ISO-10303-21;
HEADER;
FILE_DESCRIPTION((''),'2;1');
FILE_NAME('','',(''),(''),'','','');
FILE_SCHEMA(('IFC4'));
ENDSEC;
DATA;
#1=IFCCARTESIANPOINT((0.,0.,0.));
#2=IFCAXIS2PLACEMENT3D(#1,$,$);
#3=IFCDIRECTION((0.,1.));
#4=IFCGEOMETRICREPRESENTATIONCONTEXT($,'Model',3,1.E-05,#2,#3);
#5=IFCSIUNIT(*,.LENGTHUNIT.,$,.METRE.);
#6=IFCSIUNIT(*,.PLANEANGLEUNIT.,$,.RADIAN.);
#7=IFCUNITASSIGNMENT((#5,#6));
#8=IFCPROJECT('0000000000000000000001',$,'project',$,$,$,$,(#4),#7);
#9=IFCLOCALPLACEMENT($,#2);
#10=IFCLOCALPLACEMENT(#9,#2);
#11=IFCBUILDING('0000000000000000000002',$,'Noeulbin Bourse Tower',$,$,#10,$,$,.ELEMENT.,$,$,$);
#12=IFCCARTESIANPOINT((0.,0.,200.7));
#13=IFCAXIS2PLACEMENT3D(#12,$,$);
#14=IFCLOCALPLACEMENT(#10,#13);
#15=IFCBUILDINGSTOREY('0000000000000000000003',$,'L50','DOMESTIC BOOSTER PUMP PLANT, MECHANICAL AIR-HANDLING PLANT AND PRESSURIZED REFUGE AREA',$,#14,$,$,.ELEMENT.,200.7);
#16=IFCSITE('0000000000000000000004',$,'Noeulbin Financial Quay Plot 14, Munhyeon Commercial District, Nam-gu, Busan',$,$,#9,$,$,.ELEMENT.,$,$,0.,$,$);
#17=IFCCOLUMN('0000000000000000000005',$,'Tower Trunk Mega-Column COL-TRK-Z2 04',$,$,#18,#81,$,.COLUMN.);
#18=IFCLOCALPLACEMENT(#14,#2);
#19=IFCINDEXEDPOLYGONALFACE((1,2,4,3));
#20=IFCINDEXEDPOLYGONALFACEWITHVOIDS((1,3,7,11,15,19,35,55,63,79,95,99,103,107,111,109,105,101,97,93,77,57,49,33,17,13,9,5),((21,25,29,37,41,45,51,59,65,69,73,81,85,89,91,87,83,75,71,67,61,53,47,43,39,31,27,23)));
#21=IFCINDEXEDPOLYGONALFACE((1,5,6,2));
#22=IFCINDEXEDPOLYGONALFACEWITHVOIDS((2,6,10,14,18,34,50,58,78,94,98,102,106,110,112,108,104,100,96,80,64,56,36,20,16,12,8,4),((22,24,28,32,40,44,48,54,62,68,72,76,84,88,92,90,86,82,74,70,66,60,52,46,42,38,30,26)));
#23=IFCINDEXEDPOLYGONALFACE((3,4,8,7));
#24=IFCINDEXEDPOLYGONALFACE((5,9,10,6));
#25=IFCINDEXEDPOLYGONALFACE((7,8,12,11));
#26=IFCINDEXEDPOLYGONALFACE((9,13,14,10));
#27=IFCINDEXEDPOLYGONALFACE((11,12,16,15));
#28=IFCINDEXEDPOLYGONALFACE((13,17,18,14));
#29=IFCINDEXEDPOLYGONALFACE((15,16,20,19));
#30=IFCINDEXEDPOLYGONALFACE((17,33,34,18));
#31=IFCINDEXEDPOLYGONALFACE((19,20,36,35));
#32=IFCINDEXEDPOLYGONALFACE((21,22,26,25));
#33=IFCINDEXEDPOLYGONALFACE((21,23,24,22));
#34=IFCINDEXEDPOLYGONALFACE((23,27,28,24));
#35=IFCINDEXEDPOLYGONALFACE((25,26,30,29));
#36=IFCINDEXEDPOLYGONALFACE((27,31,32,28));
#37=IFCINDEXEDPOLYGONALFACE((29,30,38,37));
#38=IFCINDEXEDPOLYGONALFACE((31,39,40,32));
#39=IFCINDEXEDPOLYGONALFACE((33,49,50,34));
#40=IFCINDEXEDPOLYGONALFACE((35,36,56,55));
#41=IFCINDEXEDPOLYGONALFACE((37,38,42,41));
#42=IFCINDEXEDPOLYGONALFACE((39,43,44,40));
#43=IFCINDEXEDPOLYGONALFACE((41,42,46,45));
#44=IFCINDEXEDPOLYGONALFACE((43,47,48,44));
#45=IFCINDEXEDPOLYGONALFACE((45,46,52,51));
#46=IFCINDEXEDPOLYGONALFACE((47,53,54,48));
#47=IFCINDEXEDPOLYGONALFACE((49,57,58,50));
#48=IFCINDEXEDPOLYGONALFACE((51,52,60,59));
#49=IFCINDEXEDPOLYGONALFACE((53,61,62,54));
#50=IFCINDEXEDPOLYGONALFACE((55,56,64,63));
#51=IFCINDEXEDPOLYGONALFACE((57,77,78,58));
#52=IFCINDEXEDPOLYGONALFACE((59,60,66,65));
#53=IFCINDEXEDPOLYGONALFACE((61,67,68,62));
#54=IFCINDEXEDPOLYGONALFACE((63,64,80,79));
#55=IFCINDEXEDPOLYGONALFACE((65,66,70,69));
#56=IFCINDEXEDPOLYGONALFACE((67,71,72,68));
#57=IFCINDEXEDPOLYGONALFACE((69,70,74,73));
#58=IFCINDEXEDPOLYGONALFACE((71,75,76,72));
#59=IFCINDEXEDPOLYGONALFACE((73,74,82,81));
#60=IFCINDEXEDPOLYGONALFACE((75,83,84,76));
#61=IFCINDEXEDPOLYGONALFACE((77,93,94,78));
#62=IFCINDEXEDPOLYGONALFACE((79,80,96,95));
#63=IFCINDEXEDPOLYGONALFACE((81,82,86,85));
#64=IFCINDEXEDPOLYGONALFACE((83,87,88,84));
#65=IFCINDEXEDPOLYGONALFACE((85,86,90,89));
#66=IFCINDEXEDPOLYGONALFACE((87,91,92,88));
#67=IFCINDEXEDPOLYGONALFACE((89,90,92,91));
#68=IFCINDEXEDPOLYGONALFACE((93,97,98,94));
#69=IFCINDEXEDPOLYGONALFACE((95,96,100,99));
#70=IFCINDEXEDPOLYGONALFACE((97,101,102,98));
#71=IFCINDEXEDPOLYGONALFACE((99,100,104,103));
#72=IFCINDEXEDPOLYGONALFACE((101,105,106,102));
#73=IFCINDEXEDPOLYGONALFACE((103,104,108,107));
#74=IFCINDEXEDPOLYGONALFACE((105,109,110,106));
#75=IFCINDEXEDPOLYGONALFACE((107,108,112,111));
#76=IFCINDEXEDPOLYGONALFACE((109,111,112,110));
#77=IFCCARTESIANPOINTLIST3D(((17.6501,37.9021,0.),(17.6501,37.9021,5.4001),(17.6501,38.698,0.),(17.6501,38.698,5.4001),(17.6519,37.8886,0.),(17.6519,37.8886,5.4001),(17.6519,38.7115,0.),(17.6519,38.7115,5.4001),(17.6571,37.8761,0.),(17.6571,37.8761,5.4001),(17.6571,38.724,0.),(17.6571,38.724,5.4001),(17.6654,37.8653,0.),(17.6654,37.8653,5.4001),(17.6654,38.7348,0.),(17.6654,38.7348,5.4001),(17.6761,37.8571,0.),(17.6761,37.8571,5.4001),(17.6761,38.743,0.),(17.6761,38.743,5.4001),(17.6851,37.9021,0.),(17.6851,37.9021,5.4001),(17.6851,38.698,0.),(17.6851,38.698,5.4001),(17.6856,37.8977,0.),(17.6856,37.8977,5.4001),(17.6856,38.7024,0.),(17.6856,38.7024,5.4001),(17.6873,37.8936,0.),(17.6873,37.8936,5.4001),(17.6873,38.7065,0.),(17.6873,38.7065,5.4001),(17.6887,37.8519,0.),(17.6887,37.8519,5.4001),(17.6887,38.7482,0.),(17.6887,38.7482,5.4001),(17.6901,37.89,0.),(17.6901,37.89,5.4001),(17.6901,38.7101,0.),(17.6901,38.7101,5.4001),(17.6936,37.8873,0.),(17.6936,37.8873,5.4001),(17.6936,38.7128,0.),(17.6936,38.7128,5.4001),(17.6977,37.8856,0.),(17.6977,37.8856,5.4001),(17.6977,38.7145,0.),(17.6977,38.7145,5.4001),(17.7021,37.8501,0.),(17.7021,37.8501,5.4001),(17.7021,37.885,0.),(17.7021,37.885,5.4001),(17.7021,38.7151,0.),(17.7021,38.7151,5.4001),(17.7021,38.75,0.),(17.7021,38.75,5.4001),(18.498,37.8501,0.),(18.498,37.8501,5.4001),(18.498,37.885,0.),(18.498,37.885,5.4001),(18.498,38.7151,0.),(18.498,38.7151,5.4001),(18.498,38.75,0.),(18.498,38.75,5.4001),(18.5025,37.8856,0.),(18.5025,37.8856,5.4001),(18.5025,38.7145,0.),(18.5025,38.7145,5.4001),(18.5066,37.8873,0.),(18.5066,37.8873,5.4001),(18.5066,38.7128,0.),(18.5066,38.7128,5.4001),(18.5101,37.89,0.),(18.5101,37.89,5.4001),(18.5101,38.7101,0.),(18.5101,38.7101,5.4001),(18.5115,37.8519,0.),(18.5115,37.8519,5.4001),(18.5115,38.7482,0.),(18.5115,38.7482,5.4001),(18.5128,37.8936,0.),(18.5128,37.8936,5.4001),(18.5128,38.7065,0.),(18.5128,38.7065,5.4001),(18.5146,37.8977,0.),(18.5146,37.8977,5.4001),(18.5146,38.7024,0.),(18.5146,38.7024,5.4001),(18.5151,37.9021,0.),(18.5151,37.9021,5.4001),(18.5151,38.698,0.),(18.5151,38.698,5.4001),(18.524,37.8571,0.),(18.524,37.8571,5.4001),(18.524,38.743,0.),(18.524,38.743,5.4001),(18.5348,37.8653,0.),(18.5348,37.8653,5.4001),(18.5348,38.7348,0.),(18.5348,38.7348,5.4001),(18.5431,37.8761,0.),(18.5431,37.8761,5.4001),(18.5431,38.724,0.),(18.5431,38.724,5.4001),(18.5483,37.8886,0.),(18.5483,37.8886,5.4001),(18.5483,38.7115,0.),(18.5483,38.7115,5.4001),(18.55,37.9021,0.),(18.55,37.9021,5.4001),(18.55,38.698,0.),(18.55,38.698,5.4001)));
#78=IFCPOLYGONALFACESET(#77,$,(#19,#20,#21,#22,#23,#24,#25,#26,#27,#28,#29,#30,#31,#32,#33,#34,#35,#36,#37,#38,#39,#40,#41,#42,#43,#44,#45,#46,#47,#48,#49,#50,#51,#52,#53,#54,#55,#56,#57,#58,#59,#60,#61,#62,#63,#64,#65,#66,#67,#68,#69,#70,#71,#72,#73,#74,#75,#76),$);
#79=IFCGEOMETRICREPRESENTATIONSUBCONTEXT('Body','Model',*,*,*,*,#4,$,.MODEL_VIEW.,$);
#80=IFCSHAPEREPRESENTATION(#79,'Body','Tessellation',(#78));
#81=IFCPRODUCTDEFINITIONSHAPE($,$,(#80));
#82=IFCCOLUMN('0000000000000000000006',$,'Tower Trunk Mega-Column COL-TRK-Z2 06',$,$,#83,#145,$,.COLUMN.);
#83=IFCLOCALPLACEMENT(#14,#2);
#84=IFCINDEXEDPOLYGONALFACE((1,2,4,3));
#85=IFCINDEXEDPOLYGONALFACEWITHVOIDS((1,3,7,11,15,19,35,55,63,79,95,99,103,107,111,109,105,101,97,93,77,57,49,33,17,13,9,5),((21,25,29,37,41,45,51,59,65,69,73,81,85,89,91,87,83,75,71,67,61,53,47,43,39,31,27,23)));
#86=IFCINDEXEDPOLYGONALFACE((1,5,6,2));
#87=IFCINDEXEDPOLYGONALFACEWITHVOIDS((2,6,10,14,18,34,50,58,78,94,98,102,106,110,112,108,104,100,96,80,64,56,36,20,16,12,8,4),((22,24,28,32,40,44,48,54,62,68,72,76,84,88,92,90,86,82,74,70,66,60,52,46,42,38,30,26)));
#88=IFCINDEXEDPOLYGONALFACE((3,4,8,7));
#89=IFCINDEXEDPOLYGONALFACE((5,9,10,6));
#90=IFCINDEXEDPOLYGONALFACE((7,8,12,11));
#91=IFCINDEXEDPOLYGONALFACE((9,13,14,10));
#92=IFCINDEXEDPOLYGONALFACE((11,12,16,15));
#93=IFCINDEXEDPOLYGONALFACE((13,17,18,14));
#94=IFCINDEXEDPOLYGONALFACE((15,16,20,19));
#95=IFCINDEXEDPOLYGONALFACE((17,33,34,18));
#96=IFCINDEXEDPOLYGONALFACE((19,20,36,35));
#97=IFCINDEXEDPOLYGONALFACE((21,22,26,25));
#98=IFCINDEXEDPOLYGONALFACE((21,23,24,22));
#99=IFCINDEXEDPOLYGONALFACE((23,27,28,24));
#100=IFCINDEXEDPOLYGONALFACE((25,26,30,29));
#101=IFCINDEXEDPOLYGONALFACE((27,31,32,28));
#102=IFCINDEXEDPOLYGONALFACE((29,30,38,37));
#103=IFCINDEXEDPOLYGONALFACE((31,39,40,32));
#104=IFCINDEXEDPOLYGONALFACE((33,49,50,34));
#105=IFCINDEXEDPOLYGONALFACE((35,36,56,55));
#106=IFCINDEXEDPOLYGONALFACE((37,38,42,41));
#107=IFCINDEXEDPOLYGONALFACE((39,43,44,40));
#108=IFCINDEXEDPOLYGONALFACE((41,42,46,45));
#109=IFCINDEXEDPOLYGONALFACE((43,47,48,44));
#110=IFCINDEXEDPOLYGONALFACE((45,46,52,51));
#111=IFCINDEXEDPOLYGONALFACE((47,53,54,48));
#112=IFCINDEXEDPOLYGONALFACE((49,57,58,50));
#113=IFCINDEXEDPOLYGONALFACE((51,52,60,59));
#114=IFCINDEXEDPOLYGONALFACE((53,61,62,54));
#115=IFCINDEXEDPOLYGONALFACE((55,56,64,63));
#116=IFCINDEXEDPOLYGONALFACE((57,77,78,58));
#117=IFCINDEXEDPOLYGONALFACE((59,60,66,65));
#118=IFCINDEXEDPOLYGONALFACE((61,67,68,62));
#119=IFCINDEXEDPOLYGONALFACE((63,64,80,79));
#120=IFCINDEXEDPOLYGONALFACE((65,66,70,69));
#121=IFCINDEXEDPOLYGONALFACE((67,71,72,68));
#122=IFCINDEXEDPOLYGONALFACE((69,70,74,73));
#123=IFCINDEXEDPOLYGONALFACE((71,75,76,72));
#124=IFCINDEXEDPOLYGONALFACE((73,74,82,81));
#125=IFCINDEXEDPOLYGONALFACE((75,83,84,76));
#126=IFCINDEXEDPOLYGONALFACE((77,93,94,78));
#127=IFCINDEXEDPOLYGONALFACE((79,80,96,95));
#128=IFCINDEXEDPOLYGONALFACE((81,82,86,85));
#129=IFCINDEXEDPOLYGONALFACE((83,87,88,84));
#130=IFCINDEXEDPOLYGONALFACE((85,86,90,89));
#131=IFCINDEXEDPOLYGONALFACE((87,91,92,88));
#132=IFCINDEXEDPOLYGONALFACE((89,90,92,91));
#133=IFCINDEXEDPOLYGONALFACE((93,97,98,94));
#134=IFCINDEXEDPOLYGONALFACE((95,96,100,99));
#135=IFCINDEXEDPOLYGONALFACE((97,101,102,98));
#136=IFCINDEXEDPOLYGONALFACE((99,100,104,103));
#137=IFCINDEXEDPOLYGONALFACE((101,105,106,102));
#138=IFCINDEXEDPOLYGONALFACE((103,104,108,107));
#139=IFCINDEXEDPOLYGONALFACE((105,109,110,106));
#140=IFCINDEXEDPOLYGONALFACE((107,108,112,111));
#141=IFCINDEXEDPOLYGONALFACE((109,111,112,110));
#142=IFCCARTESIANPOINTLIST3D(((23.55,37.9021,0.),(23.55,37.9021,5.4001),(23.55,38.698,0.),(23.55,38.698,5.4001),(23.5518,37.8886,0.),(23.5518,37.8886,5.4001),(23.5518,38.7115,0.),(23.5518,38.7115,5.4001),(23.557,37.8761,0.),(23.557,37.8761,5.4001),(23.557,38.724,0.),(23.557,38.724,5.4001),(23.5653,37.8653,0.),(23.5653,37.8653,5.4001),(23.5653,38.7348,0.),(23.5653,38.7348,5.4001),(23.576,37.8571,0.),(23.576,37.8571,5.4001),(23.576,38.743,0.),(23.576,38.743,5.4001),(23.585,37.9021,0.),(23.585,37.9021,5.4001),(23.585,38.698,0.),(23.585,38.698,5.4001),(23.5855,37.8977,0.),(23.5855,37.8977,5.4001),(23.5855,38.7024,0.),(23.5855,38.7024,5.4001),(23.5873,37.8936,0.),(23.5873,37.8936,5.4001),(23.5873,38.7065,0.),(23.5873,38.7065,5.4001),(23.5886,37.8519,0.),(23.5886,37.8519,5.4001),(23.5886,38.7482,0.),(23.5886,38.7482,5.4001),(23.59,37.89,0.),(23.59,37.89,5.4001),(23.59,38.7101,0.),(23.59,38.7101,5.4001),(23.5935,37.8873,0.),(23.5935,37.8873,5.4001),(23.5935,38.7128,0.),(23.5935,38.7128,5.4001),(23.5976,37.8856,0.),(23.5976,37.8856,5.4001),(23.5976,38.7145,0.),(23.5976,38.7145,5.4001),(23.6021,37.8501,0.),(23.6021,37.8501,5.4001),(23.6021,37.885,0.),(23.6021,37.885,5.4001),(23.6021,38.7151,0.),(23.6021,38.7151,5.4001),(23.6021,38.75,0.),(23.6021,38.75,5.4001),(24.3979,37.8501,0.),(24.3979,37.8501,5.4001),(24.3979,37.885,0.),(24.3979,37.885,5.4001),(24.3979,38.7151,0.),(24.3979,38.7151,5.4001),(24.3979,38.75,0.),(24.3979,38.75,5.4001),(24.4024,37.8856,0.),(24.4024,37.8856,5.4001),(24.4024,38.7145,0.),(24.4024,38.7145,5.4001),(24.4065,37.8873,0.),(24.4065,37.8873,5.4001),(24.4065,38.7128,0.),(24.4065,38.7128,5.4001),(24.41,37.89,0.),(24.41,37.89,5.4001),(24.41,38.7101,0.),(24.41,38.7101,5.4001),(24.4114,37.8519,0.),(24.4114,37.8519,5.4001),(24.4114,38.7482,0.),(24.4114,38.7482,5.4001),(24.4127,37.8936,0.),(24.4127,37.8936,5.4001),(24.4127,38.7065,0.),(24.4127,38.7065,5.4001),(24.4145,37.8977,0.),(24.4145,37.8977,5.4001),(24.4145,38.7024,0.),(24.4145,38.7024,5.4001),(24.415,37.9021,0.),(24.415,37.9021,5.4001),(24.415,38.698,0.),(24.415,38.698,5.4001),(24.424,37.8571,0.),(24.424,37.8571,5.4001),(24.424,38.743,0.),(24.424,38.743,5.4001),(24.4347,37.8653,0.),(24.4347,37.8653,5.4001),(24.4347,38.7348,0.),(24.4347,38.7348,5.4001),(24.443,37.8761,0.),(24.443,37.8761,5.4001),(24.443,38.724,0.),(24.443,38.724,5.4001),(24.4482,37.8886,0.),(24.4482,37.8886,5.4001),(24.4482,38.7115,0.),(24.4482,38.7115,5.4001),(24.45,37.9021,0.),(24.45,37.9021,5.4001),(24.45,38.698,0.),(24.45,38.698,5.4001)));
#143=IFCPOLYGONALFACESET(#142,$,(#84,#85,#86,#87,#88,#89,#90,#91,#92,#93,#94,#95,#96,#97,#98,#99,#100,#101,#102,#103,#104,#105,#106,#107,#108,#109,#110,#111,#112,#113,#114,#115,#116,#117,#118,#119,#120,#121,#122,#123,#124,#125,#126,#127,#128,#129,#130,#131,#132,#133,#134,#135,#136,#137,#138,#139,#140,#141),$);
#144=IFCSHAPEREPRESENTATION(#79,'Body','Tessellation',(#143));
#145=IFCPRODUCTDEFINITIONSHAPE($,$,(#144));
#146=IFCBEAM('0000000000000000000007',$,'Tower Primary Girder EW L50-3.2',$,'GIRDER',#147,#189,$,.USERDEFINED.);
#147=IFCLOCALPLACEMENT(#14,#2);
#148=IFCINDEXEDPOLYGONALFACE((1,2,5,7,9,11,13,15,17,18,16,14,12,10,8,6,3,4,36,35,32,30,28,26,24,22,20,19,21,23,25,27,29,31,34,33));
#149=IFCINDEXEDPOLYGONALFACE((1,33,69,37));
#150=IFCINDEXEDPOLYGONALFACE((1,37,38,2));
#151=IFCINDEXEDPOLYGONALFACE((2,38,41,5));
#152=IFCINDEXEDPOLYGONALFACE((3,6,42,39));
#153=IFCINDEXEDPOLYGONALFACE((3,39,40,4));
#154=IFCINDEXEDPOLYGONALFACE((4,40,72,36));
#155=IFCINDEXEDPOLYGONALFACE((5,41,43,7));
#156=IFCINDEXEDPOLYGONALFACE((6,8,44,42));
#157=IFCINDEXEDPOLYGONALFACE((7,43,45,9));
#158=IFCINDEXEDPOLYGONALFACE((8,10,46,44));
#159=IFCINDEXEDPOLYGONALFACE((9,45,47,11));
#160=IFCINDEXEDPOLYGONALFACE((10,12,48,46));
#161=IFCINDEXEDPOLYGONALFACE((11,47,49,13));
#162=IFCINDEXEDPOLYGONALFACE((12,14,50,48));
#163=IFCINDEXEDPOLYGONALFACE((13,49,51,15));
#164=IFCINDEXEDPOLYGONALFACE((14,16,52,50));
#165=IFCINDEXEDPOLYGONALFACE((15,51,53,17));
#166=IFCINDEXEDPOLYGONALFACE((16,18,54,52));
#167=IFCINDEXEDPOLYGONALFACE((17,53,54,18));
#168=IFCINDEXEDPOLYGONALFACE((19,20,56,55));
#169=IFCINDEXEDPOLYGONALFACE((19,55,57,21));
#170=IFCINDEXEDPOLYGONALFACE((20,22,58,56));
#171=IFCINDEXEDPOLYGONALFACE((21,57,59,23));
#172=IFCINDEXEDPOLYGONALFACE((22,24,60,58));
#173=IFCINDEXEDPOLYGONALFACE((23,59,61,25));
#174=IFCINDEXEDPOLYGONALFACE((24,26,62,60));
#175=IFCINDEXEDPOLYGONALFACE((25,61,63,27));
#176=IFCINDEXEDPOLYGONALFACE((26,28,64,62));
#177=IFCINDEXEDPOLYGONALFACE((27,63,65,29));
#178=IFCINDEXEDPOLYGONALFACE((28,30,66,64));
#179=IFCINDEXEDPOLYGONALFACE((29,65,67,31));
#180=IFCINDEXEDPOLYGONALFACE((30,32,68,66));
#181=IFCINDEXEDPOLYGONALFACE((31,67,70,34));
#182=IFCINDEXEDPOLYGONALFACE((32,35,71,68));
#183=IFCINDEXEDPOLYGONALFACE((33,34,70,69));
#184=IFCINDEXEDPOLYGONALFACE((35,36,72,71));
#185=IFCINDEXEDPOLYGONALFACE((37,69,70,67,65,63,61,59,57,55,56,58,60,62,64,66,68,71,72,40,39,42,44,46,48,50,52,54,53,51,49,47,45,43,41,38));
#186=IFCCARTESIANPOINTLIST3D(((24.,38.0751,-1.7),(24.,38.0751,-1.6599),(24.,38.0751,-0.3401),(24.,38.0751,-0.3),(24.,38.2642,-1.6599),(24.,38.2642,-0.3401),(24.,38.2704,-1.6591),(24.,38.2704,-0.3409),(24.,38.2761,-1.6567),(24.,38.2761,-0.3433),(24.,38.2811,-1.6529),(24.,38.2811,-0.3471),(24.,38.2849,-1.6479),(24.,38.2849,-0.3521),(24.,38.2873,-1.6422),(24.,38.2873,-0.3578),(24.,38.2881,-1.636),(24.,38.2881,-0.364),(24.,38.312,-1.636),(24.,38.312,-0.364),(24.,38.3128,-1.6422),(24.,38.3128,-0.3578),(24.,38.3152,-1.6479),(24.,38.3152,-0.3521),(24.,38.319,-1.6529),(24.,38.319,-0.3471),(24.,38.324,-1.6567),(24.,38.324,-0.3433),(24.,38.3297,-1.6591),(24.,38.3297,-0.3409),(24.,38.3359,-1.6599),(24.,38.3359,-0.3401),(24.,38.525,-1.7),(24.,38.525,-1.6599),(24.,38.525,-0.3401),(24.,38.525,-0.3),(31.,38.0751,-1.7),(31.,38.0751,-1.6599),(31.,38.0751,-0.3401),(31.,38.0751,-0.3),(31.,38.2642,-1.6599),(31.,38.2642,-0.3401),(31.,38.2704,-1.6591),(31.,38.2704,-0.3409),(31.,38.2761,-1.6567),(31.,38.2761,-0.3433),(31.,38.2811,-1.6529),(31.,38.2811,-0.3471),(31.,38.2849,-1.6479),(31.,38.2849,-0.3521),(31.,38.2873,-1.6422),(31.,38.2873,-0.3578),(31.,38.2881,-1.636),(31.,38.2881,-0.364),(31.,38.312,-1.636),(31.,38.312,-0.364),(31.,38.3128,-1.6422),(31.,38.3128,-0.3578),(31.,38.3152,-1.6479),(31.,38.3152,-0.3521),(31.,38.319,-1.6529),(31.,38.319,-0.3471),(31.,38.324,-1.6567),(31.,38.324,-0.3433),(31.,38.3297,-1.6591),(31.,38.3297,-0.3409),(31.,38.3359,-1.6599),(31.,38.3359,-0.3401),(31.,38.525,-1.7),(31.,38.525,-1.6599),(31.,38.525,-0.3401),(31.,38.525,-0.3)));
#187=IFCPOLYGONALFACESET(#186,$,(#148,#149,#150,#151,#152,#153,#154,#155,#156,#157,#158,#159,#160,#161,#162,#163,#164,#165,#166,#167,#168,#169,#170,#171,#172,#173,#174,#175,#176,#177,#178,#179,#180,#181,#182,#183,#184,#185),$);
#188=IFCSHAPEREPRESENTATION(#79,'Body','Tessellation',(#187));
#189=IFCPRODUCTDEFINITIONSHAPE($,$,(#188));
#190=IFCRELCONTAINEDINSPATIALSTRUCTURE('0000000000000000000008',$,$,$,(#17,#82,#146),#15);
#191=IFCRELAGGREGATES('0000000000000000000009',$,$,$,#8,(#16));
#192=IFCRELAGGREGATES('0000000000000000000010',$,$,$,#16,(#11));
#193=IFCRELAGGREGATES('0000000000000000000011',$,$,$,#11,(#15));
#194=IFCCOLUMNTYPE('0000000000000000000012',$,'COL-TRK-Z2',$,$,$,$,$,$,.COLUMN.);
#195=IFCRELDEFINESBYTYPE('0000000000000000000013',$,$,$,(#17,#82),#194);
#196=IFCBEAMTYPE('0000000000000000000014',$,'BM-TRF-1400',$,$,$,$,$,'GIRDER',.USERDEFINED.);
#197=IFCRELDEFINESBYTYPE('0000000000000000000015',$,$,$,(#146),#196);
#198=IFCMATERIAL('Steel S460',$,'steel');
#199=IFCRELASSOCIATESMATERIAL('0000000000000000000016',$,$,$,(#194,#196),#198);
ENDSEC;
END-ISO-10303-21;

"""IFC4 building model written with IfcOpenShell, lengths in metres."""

from ifc_helpers import new_model, si_unit, direction, frame, origin, origin_2d, place, context, subcontext, project, spatial, hollow_rectangle, i_section, extrude, material, material_profile, profile_set, type_object, element, save


model = new_model("IFC4")

# Units and contexts
model_context = context("Model", 3, precision=1e-05, world=origin(), true_north=direction((0.0, 1.0)))
body_context = subcontext(model_context, "Body", "Model", "MODEL_VIEW")
ifc_project = project(units=[si_unit("LENGTHUNIT", "METRE"), si_unit("PLANEANGLEUNIT", "RADIAN")], contexts=[model_context])

# Site, building, storey
site_placement = place(None, origin())
site = spatial("IfcSite", under=ifc_project, at=site_placement, Name="Noeulbin Financial Quay Plot 14, Munhyeon Commercial District, Nam-gu, Busan", CompositionType="ELEMENT", RefElevation=0.0)
building_placement = place(site_placement, origin())
building = spatial("IfcBuilding", under=site, at=building_placement, Name="Noeulbin Bourse Tower", CompositionType="ELEMENT")
storey_placement = place(building_placement, frame((0.0, 0.0, 200.7)))
storey = spatial("IfcBuildingStorey", under=building, at=storey_placement, Name="L50", Description="DOMESTIC BOOSTER PUMP PLANT, MECHANICAL AIR-HANDLING PLANT AND PRESSURIZED REFUGE AREA", CompositionType="ELEMENT", Elevation=200.7)

# Columns
ifc_material_1 = material(Name="Steel S460", Category="steel")
ifc_material_profile_1 = material_profile(ifc_material_1, hollow_rectangle(XDim=0.8999, YDim=0.8999, WallThickness=0.0349, InnerFilletRadius=0.0171, OuterFilletRadius=0.052, at=origin_2d()), Name="BOX-900x900x35", Category="LoadBearing")
ifc_profile_set_1 = profile_set([ifc_material_profile_1], Name="Steel S460")
column_type = type_object("IfcColumnType", Name="COL-TRK-Z2", PredefinedType="COLUMN", material=ifc_profile_set_1)
for number, where, z_axis, x_axis, name in (
    (1, (18.1001, 38.3, 0.0), (0.0, 0.0, 1.0), (1.0, 0.0, 0.0), "Tower Trunk Mega-Column COL-TRK-Z2 04"),
    (2, (24.0, 38.3, 0.0), (0.0, 0.0, 1.0), (1.0, 0.0, 0.0), "Tower Trunk Mega-Column COL-TRK-Z2 06"),
):
    element("IfcColumn", number, at=place(storey_placement, frame(where, z_axis=z_axis, x_axis=x_axis)), inside=storey, type_object=column_type, Name=name, PredefinedType="COLUMN", context=body_context, shape_type="SweptSolid", body=[
        extrude(hollow_rectangle(XDim=0.8999, YDim=0.8999, WallThickness=0.0349, InnerFilletRadius=0.0171, OuterFilletRadius=0.052, at=origin_2d()), origin(), (0.0, 0.0, 1.0), 5.4001),
    ])

# Beam
ifc_material_profile_2 = material_profile(ifc_material_1, i_section(OverallWidth=0.45, OverallDepth=1.3999, WebThickness=0.0239, FlangeThickness=0.04, FilletRadius=0.0239, at=origin_2d()), Name="PG-1400x450x24x40", Category="LoadBearing")
ifc_profile_set_2 = profile_set([ifc_material_profile_2], Name="Steel S460")
beam_type = type_object("IfcBeamType", Name="BM-TRF-1400", ElementType="GIRDER", PredefinedType="USERDEFINED", material=ifc_profile_set_2)
beam_1_placement = place(storey_placement, frame((24.0, 38.3, -1.0), z_axis=(1.0, 0.0, 0.0), x_axis=(0.0, 1.0, 0.0)))
element("IfcBeam", 3, at=beam_1_placement, inside=storey, type_object=beam_type, Name="Tower Primary Girder EW L50-3.2", ObjectType="GIRDER", PredefinedType="USERDEFINED", context=body_context, shape_type="SweptSolid", body=[
    extrude(i_section(OverallWidth=0.45, OverallDepth=1.3999, WebThickness=0.0239, FlangeThickness=0.04, FilletRadius=0.0239, at=origin_2d()), origin(), (0.0, 0.0, 1.0), 7.0),
])

save(model, "model.ifc")
